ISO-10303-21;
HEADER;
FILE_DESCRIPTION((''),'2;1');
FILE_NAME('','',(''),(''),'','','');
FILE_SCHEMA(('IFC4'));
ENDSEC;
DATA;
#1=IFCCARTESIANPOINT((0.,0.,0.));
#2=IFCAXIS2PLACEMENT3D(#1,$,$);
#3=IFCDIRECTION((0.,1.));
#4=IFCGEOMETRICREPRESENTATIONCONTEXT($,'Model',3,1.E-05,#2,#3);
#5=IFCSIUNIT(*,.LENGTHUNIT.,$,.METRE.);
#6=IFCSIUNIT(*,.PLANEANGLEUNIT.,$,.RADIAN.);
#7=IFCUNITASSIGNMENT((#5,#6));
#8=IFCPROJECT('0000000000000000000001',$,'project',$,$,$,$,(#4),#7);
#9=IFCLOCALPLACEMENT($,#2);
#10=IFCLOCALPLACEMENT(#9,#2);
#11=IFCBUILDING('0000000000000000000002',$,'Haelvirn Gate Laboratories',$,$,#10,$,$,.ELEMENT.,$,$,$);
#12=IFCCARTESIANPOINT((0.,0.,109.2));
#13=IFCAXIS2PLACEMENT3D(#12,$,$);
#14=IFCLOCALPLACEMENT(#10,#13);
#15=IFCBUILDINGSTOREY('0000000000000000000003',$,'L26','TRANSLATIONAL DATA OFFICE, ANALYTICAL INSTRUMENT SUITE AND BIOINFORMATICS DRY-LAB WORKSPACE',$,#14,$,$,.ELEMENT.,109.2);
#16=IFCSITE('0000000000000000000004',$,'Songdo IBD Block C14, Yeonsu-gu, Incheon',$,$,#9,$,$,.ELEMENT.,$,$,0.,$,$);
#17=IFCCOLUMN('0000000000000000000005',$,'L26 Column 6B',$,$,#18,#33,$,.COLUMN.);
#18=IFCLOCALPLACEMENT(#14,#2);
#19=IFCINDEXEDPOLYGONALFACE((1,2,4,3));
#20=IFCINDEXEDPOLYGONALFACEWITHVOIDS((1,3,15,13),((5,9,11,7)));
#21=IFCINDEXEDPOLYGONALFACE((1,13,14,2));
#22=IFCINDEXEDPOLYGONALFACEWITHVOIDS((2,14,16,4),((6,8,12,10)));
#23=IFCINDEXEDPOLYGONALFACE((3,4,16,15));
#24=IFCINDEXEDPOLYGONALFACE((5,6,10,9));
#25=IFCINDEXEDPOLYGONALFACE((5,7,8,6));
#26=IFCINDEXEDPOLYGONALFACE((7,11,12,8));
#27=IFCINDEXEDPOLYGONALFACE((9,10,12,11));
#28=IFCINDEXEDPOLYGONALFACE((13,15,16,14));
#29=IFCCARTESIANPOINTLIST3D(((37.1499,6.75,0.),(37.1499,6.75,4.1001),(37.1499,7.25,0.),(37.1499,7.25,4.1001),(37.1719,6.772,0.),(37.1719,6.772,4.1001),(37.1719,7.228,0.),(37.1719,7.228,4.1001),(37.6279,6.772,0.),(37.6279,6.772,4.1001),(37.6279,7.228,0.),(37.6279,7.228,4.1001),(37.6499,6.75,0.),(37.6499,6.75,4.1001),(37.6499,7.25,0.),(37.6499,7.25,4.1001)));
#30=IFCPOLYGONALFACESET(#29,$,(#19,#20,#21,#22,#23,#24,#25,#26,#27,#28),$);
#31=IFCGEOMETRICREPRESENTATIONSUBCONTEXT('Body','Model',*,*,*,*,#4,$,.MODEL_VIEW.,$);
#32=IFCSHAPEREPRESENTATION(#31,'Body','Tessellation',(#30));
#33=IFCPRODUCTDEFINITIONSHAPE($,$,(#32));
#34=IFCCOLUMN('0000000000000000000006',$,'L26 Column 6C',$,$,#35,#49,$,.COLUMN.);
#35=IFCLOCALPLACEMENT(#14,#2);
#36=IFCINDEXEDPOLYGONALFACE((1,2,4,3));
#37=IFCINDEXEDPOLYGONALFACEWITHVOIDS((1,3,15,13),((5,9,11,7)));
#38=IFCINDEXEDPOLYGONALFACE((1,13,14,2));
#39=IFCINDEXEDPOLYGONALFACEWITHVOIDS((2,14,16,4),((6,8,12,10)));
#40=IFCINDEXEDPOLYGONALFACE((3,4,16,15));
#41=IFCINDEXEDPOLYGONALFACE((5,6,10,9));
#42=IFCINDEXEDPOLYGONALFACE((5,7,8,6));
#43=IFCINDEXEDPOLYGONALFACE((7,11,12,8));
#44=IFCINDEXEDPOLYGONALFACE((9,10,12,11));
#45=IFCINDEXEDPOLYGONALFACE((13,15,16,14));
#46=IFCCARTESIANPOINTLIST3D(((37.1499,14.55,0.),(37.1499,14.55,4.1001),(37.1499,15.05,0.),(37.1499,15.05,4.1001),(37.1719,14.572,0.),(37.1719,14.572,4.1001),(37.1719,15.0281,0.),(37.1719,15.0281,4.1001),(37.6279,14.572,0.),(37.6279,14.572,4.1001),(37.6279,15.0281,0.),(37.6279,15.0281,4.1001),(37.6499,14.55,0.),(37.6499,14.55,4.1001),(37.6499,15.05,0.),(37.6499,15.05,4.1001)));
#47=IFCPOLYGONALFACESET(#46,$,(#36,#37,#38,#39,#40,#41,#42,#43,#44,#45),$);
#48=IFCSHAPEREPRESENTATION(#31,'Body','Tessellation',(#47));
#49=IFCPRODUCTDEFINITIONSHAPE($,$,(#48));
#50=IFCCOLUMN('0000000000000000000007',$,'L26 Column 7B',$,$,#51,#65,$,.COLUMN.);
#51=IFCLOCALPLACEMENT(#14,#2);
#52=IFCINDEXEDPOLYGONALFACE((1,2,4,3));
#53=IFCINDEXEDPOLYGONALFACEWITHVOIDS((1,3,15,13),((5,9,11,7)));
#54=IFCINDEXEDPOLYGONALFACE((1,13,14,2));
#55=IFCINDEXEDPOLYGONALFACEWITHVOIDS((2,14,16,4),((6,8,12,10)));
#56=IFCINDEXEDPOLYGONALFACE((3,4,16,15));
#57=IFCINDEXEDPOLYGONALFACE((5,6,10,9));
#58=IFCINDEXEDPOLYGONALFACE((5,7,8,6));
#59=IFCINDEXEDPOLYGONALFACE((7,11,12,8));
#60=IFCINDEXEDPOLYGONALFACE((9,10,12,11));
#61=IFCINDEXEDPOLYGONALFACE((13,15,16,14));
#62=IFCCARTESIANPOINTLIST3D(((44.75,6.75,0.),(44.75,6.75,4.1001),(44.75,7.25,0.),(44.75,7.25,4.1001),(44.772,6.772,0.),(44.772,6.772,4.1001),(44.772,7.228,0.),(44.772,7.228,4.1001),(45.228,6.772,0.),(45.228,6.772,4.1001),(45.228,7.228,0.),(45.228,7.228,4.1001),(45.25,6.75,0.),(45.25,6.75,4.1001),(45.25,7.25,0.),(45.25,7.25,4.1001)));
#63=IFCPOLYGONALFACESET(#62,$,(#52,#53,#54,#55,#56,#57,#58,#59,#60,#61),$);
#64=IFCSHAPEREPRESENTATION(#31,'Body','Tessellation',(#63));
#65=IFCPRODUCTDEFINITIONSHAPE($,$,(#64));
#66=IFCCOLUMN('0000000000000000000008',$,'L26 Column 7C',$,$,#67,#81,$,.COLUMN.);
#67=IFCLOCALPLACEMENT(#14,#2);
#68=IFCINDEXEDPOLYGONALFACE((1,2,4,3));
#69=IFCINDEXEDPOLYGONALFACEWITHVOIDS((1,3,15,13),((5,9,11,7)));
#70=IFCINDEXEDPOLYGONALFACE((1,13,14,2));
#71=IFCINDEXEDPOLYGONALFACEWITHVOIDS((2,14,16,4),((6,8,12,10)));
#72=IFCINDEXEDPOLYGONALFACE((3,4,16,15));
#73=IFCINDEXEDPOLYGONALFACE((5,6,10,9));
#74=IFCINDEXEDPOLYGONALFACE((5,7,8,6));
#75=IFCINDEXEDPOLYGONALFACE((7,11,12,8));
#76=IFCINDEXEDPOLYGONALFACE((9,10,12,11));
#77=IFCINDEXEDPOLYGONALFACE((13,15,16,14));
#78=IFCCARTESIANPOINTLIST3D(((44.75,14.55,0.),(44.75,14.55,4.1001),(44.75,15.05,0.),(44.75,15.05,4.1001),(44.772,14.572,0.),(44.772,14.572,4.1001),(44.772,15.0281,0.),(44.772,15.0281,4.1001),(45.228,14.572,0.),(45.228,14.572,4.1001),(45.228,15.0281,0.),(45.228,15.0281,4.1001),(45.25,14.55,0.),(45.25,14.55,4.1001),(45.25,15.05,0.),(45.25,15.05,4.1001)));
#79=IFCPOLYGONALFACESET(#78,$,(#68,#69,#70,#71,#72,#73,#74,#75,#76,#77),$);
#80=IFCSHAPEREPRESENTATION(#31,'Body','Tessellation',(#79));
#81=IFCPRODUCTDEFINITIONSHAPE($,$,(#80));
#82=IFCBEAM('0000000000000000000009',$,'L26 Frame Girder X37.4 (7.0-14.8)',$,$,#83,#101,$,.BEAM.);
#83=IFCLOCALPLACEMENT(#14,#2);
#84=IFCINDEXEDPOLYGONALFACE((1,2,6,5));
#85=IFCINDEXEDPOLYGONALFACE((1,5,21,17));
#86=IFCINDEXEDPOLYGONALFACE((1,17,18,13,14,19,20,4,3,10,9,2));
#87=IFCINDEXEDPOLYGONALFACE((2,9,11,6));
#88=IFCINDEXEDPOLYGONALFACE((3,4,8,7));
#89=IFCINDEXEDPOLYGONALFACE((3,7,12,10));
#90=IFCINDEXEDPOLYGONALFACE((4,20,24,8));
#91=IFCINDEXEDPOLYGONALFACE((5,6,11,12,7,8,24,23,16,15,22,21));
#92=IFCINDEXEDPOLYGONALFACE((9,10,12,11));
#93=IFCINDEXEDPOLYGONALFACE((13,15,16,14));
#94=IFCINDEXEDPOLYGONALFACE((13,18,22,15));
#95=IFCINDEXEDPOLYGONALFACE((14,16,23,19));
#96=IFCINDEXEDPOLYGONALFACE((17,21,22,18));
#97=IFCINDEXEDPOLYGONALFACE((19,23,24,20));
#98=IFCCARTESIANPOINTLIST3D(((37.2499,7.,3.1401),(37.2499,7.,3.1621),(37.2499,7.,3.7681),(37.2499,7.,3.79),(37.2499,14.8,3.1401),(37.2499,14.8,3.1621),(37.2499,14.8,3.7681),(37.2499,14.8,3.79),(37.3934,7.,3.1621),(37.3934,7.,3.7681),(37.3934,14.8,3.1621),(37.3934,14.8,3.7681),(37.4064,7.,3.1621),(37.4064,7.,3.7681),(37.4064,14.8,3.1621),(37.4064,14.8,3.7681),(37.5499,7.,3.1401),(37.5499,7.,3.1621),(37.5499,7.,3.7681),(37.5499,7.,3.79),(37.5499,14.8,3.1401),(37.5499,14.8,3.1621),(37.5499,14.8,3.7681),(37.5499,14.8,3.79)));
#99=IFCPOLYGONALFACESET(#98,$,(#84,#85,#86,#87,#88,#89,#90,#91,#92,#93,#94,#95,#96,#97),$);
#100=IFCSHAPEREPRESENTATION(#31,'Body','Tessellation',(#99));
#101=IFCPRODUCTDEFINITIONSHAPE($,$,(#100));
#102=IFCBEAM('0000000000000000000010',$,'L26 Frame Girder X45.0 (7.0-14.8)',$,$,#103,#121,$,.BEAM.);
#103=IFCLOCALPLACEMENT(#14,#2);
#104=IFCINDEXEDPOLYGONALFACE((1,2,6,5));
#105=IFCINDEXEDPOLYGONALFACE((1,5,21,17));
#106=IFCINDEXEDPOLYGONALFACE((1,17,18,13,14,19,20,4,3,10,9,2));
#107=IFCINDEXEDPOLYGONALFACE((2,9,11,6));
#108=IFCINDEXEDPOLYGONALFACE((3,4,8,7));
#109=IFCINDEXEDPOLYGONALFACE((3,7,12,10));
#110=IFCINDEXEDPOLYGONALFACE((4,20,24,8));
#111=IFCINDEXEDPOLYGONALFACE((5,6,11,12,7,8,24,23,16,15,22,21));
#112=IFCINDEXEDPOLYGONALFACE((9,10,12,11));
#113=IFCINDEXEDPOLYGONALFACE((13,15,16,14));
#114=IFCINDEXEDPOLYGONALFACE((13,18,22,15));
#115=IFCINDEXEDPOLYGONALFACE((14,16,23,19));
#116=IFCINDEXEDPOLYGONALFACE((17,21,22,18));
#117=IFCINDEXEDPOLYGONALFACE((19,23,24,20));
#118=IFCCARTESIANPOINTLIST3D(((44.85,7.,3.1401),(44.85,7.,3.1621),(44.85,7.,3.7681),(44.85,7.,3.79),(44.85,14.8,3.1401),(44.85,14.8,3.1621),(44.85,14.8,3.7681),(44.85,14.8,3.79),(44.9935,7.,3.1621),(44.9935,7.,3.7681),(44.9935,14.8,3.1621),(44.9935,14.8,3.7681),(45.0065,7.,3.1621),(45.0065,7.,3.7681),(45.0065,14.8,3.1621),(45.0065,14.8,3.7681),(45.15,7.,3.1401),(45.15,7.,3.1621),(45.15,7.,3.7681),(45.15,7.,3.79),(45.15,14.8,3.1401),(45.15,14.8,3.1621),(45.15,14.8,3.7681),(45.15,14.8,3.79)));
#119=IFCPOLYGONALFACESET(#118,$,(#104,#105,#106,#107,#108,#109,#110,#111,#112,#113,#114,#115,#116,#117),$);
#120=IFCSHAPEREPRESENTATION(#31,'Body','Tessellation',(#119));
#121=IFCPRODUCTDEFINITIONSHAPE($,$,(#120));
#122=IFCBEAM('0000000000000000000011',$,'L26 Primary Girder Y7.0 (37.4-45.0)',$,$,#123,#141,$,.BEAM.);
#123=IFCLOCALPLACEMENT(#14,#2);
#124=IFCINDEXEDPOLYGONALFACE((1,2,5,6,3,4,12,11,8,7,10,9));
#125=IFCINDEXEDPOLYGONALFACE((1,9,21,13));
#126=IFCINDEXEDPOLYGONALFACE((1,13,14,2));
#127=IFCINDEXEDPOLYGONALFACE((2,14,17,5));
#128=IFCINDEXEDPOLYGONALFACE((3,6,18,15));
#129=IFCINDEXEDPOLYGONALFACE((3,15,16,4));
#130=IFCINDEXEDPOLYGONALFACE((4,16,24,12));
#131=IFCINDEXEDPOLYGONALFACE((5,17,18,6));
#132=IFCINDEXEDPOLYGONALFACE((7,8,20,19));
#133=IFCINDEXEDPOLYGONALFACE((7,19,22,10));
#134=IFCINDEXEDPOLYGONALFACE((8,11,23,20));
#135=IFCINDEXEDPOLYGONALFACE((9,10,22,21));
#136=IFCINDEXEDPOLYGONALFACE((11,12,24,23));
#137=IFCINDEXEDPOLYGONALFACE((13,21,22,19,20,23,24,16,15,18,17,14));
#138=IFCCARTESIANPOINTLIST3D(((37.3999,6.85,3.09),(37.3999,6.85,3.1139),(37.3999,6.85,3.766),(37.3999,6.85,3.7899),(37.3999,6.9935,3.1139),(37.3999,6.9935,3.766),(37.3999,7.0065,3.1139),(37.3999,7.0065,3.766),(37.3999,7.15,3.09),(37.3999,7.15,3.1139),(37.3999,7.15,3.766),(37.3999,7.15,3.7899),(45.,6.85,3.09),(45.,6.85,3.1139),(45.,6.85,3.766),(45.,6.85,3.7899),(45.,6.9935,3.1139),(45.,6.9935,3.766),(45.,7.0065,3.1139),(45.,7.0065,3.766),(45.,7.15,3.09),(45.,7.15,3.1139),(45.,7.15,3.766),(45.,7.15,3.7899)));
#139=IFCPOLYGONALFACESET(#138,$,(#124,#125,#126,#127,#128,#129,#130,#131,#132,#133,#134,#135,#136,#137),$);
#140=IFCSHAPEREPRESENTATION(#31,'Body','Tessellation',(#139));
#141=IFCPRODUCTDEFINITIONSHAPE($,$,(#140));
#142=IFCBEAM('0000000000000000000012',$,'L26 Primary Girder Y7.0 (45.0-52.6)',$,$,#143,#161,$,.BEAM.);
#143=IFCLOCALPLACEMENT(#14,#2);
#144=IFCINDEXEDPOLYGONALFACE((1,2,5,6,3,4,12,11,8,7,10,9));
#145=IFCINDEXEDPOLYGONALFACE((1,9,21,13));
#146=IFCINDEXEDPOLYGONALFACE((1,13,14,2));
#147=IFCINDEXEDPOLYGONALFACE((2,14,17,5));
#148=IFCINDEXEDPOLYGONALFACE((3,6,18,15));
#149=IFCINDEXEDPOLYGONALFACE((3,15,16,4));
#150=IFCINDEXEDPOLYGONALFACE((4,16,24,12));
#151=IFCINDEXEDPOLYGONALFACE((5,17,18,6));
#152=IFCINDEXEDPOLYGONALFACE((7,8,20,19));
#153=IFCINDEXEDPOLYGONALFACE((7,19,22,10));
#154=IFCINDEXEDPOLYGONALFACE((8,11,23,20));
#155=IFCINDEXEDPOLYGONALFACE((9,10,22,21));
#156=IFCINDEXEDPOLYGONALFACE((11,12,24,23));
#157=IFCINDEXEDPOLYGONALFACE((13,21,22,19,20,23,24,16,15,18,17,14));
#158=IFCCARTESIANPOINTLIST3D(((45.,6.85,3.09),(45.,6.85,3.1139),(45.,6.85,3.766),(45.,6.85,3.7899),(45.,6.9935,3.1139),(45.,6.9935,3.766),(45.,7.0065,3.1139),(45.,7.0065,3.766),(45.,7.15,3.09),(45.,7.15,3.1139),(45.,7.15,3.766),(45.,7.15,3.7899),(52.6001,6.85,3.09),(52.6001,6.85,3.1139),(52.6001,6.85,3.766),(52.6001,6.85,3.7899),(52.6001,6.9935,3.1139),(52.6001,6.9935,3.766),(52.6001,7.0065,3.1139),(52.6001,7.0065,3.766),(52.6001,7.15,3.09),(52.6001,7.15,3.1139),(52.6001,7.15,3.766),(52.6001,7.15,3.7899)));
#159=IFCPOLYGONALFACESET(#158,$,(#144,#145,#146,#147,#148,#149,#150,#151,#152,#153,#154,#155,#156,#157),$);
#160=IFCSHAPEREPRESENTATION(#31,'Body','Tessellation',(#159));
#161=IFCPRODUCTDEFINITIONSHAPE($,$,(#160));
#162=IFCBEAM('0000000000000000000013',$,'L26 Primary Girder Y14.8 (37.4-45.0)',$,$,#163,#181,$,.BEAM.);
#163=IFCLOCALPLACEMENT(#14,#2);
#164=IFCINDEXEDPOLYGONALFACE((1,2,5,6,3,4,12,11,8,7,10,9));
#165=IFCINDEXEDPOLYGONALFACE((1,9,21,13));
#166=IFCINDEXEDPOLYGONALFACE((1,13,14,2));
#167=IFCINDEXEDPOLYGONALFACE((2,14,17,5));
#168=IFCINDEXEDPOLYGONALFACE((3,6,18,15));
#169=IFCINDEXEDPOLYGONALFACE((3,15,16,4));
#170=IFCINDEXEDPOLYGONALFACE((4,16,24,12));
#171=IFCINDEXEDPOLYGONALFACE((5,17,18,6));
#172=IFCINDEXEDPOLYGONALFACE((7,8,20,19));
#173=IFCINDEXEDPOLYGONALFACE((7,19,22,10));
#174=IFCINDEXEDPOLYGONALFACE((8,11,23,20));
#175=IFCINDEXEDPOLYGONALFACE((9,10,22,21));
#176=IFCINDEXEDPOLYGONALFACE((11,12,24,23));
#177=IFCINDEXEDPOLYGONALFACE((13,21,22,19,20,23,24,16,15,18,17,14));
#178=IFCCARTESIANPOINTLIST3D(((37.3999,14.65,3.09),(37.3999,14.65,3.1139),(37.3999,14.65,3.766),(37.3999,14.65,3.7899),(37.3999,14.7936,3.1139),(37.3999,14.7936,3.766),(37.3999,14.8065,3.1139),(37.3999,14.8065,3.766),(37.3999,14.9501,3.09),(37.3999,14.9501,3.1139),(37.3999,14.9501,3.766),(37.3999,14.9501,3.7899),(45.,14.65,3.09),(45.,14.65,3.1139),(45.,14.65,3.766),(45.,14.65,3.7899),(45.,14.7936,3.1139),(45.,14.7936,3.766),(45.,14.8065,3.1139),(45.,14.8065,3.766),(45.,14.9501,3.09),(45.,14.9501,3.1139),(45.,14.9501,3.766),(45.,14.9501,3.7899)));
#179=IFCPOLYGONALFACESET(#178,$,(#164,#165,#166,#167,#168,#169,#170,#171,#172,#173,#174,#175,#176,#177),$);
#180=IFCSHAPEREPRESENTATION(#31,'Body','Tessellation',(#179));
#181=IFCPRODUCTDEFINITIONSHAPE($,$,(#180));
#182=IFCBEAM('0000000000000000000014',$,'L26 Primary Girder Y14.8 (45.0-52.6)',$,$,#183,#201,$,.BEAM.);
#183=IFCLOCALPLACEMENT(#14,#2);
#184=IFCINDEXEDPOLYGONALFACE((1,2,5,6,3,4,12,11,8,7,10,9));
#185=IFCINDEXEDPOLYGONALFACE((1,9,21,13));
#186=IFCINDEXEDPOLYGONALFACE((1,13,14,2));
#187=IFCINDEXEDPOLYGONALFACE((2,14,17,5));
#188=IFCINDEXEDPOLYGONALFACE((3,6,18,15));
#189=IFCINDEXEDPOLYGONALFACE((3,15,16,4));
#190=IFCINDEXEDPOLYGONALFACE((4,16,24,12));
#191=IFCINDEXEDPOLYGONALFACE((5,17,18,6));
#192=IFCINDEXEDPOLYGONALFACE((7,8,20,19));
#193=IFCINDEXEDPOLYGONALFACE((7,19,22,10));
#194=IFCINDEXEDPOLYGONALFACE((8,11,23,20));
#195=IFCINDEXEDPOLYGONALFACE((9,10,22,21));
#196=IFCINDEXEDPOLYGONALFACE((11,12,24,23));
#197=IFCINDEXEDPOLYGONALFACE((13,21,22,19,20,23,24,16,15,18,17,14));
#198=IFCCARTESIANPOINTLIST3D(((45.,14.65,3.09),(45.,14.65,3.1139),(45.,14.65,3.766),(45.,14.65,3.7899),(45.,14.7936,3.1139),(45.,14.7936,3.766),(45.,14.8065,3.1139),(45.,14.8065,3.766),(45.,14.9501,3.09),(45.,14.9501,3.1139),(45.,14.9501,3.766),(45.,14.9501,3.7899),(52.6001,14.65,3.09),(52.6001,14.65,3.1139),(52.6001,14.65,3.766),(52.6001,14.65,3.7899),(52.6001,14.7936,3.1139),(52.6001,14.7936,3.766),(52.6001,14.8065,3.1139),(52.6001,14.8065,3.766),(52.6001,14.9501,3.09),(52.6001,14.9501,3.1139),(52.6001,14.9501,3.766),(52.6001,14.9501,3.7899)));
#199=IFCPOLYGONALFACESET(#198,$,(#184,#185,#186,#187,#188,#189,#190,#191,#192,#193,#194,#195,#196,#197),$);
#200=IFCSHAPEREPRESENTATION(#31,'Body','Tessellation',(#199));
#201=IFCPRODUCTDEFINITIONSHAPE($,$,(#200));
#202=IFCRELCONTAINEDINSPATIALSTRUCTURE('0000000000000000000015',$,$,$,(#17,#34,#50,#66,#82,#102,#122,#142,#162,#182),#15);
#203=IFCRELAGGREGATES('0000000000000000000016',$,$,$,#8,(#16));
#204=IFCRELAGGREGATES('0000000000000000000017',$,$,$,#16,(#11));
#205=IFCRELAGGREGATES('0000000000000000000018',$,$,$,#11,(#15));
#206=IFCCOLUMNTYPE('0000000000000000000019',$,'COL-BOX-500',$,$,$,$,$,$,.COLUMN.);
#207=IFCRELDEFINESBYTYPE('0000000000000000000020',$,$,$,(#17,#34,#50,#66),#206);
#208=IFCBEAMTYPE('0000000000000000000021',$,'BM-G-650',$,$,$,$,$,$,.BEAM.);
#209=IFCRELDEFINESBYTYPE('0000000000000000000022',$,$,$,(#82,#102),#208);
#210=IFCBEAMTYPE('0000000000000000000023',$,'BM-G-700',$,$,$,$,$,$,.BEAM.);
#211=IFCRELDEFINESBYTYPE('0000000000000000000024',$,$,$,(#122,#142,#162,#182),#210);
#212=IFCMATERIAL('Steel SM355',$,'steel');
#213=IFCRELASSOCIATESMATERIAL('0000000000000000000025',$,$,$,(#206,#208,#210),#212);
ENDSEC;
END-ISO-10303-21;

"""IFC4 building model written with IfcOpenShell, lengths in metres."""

from ifc_helpers import new_model, si_unit, direction, frame, origin, origin_2d, place, context, subcontext, project, spatial, hollow_rectangle, i_section, extrude, source, transform, mapped, material, material_profile, profile_set, type_object, type_shapes, element, save


model = new_model("IFC4")

# Units and contexts
model_context = context("Model", 3, precision=1e-05, world=origin(), true_north=direction((0.0, 1.0)))
body_context = subcontext(model_context, "Body", "Model", "MODEL_VIEW")
ifc_project = project(units=[si_unit("LENGTHUNIT", "METRE"), si_unit("PLANEANGLEUNIT", "RADIAN")], contexts=[model_context])

# Site, building, storey
site_placement = place(None, origin())
site = spatial("IfcSite", under=ifc_project, at=site_placement, Name="Songdo IBD Block C14, Yeonsu-gu, Incheon", CompositionType="ELEMENT", RefElevation=0.0)
building_placement = place(site_placement, origin())
building = spatial("IfcBuilding", under=site, at=building_placement, Name="Haelvirn Gate Laboratories", CompositionType="ELEMENT")
storey_placement = place(building_placement, frame((0.0, 0.0, 109.2)))
storey = spatial("IfcBuildingStorey", under=building, at=storey_placement, Name="L26", Description="TRANSLATIONAL DATA OFFICE, ANALYTICAL INSTRUMENT SUITE AND BIOINFORMATICS DRY-LAB WORKSPACE", CompositionType="ELEMENT", Elevation=109.2)

# Columns
ifc_material_1 = material(Name="Steel SM355", Category="steel")
ifc_material_profile_1 = material_profile(ifc_material_1, hollow_rectangle(XDim=0.5, YDim=0.5, WallThickness=0.022, at=origin_2d()), Name="BOX-500x500x22")
ifc_profile_set_1 = profile_set([ifc_material_profile_1], Name="Steel SM355")
column_type = type_object("IfcColumnType", Name="COL-BOX-500", PredefinedType="COLUMN", material=ifc_profile_set_1)
shared_shape_1 = source(origin(), body_context, "Body", "SweptSolid", [
    extrude(hollow_rectangle(XDim=0.5, YDim=0.5, WallThickness=0.022, at=origin_2d()), origin(), (0.0, 0.0, 1.0), 4.1001),
])
type_shapes(column_type, [shared_shape_1])
for number, where, z_axis, x_axis, name in (
    (1, (37.3999, 7.0, 0.0), (0.0, 0.0, 1.0), (1.0, 0.0, 0.0), "L26 Column 6B"),
    (2, (37.3999, 14.8, 0.0), (0.0, 0.0, 1.0), (1.0, 0.0, 0.0), "L26 Column 6C"),
    (3, (45.0, 7.0, 0.0), (0.0, 0.0, 1.0), (1.0, 0.0, 0.0), "L26 Column 7B"),
    (4, (45.0, 14.8, 0.0), (0.0, 0.0, 1.0), (1.0, 0.0, 0.0), "L26 Column 7C"),
):
    element("IfcColumn", number, at=place(storey_placement, frame(where, z_axis=z_axis, x_axis=x_axis)), inside=storey, type_object=column_type, Name=name, PredefinedType="COLUMN", context=body_context, shape_type="MappedRepresentation", body=[
        mapped(shared_shape_1, transform((0.0, 0.0, 0.0), scale=1.0)),
    ])

# Beams
ifc_material_profile_2 = material_profile(ifc_material_1, i_section(OverallWidth=0.3, OverallDepth=0.6499, WebThickness=0.0129, FlangeThickness=0.022, at=origin_2d()), Name="H-650x300x13x22")
ifc_profile_set_2 = profile_set([ifc_material_profile_2], Name="Steel SM355")
beam_type_1 = type_object("IfcBeamType", Name="BM-G-650", PredefinedType="BEAM", material=ifc_profile_set_2)
shared_shape_2 = source(origin(), body_context, "Body", "SweptSolid", [
    extrude(i_section(OverallWidth=0.3, OverallDepth=0.6499, WebThickness=0.0129, FlangeThickness=0.022, at=origin_2d()), origin(), (0.0, 0.0, 1.0), 7.8),
])
type_shapes(beam_type_1, [shared_shape_2])
for number, where, z_axis, x_axis, name in (
    (5, (37.3999, 7.0, 3.4651), (0.0, 1.0, 0.0), (-1.0, 0.0, 0.0), "L26 Frame Girder X37.4 (7.0-14.8)"),
    (6, (45.0, 7.0, 3.4651), (0.0, 1.0, 0.0), (-1.0, 0.0, 0.0), "L26 Frame Girder X45.0 (7.0-14.8)"),
):
    element("IfcBeam", number, at=place(storey_placement, frame(where, z_axis=z_axis, x_axis=x_axis)), inside=storey, type_object=beam_type_1, Name=name, PredefinedType="BEAM", context=body_context, shape_type="MappedRepresentation", body=[
        mapped(shared_shape_2, transform((0.0, 0.0, 0.0), scale=1.0)),
    ])
ifc_material_profile_3 = material_profile(ifc_material_1, i_section(OverallWidth=0.3, OverallDepth=0.7, WebThickness=0.0129, FlangeThickness=0.0239, at=origin_2d()), Name="H-700x300x13x24")
ifc_profile_set_3 = profile_set([ifc_material_profile_3], Name="Steel SM355")
beam_type_2 = type_object("IfcBeamType", Name="BM-G-700", PredefinedType="BEAM", material=ifc_profile_set_3)
shared_shape_3 = source(origin(), body_context, "Body", "SweptSolid", [
    extrude(i_section(OverallWidth=0.3, OverallDepth=0.7, WebThickness=0.0129, FlangeThickness=0.0239, at=origin_2d()), origin(), (0.0, 0.0, 1.0), 7.6001),
])
type_shapes(beam_type_2, [shared_shape_3])
for number, where, z_axis, x_axis, name in (
    (7, (37.3999, 7.0, 3.4399), (1.0, 0.0, 0.0), (0.0, 1.0, 0.0), "L26 Primary Girder Y7.0 (37.4-45.0)"),
    (8, (45.0, 7.0, 3.4399), (1.0, 0.0, 0.0), (0.0, 1.0, 0.0), "L26 Primary Girder Y7.0 (45.0-52.6)"),
    (9, (37.3999, 14.8, 3.4399), (1.0, 0.0, 0.0), (0.0, 1.0, 0.0), "L26 Primary Girder Y14.8 (37.4-45.0)"),
    (10, (45.0, 14.8, 3.4399), (1.0, 0.0, 0.0), (0.0, 1.0, 0.0), "L26 Primary Girder Y14.8 (45.0-52.6)"),
):
    element("IfcBeam", number, at=place(storey_placement, frame(where, z_axis=z_axis, x_axis=x_axis)), inside=storey, type_object=beam_type_2, Name=name, PredefinedType="BEAM", context=body_context, shape_type="MappedRepresentation", body=[
        mapped(shared_shape_3, transform((0.0, 0.0, 0.0), scale=1.0)),
    ])

save(model, "model.ifc")
